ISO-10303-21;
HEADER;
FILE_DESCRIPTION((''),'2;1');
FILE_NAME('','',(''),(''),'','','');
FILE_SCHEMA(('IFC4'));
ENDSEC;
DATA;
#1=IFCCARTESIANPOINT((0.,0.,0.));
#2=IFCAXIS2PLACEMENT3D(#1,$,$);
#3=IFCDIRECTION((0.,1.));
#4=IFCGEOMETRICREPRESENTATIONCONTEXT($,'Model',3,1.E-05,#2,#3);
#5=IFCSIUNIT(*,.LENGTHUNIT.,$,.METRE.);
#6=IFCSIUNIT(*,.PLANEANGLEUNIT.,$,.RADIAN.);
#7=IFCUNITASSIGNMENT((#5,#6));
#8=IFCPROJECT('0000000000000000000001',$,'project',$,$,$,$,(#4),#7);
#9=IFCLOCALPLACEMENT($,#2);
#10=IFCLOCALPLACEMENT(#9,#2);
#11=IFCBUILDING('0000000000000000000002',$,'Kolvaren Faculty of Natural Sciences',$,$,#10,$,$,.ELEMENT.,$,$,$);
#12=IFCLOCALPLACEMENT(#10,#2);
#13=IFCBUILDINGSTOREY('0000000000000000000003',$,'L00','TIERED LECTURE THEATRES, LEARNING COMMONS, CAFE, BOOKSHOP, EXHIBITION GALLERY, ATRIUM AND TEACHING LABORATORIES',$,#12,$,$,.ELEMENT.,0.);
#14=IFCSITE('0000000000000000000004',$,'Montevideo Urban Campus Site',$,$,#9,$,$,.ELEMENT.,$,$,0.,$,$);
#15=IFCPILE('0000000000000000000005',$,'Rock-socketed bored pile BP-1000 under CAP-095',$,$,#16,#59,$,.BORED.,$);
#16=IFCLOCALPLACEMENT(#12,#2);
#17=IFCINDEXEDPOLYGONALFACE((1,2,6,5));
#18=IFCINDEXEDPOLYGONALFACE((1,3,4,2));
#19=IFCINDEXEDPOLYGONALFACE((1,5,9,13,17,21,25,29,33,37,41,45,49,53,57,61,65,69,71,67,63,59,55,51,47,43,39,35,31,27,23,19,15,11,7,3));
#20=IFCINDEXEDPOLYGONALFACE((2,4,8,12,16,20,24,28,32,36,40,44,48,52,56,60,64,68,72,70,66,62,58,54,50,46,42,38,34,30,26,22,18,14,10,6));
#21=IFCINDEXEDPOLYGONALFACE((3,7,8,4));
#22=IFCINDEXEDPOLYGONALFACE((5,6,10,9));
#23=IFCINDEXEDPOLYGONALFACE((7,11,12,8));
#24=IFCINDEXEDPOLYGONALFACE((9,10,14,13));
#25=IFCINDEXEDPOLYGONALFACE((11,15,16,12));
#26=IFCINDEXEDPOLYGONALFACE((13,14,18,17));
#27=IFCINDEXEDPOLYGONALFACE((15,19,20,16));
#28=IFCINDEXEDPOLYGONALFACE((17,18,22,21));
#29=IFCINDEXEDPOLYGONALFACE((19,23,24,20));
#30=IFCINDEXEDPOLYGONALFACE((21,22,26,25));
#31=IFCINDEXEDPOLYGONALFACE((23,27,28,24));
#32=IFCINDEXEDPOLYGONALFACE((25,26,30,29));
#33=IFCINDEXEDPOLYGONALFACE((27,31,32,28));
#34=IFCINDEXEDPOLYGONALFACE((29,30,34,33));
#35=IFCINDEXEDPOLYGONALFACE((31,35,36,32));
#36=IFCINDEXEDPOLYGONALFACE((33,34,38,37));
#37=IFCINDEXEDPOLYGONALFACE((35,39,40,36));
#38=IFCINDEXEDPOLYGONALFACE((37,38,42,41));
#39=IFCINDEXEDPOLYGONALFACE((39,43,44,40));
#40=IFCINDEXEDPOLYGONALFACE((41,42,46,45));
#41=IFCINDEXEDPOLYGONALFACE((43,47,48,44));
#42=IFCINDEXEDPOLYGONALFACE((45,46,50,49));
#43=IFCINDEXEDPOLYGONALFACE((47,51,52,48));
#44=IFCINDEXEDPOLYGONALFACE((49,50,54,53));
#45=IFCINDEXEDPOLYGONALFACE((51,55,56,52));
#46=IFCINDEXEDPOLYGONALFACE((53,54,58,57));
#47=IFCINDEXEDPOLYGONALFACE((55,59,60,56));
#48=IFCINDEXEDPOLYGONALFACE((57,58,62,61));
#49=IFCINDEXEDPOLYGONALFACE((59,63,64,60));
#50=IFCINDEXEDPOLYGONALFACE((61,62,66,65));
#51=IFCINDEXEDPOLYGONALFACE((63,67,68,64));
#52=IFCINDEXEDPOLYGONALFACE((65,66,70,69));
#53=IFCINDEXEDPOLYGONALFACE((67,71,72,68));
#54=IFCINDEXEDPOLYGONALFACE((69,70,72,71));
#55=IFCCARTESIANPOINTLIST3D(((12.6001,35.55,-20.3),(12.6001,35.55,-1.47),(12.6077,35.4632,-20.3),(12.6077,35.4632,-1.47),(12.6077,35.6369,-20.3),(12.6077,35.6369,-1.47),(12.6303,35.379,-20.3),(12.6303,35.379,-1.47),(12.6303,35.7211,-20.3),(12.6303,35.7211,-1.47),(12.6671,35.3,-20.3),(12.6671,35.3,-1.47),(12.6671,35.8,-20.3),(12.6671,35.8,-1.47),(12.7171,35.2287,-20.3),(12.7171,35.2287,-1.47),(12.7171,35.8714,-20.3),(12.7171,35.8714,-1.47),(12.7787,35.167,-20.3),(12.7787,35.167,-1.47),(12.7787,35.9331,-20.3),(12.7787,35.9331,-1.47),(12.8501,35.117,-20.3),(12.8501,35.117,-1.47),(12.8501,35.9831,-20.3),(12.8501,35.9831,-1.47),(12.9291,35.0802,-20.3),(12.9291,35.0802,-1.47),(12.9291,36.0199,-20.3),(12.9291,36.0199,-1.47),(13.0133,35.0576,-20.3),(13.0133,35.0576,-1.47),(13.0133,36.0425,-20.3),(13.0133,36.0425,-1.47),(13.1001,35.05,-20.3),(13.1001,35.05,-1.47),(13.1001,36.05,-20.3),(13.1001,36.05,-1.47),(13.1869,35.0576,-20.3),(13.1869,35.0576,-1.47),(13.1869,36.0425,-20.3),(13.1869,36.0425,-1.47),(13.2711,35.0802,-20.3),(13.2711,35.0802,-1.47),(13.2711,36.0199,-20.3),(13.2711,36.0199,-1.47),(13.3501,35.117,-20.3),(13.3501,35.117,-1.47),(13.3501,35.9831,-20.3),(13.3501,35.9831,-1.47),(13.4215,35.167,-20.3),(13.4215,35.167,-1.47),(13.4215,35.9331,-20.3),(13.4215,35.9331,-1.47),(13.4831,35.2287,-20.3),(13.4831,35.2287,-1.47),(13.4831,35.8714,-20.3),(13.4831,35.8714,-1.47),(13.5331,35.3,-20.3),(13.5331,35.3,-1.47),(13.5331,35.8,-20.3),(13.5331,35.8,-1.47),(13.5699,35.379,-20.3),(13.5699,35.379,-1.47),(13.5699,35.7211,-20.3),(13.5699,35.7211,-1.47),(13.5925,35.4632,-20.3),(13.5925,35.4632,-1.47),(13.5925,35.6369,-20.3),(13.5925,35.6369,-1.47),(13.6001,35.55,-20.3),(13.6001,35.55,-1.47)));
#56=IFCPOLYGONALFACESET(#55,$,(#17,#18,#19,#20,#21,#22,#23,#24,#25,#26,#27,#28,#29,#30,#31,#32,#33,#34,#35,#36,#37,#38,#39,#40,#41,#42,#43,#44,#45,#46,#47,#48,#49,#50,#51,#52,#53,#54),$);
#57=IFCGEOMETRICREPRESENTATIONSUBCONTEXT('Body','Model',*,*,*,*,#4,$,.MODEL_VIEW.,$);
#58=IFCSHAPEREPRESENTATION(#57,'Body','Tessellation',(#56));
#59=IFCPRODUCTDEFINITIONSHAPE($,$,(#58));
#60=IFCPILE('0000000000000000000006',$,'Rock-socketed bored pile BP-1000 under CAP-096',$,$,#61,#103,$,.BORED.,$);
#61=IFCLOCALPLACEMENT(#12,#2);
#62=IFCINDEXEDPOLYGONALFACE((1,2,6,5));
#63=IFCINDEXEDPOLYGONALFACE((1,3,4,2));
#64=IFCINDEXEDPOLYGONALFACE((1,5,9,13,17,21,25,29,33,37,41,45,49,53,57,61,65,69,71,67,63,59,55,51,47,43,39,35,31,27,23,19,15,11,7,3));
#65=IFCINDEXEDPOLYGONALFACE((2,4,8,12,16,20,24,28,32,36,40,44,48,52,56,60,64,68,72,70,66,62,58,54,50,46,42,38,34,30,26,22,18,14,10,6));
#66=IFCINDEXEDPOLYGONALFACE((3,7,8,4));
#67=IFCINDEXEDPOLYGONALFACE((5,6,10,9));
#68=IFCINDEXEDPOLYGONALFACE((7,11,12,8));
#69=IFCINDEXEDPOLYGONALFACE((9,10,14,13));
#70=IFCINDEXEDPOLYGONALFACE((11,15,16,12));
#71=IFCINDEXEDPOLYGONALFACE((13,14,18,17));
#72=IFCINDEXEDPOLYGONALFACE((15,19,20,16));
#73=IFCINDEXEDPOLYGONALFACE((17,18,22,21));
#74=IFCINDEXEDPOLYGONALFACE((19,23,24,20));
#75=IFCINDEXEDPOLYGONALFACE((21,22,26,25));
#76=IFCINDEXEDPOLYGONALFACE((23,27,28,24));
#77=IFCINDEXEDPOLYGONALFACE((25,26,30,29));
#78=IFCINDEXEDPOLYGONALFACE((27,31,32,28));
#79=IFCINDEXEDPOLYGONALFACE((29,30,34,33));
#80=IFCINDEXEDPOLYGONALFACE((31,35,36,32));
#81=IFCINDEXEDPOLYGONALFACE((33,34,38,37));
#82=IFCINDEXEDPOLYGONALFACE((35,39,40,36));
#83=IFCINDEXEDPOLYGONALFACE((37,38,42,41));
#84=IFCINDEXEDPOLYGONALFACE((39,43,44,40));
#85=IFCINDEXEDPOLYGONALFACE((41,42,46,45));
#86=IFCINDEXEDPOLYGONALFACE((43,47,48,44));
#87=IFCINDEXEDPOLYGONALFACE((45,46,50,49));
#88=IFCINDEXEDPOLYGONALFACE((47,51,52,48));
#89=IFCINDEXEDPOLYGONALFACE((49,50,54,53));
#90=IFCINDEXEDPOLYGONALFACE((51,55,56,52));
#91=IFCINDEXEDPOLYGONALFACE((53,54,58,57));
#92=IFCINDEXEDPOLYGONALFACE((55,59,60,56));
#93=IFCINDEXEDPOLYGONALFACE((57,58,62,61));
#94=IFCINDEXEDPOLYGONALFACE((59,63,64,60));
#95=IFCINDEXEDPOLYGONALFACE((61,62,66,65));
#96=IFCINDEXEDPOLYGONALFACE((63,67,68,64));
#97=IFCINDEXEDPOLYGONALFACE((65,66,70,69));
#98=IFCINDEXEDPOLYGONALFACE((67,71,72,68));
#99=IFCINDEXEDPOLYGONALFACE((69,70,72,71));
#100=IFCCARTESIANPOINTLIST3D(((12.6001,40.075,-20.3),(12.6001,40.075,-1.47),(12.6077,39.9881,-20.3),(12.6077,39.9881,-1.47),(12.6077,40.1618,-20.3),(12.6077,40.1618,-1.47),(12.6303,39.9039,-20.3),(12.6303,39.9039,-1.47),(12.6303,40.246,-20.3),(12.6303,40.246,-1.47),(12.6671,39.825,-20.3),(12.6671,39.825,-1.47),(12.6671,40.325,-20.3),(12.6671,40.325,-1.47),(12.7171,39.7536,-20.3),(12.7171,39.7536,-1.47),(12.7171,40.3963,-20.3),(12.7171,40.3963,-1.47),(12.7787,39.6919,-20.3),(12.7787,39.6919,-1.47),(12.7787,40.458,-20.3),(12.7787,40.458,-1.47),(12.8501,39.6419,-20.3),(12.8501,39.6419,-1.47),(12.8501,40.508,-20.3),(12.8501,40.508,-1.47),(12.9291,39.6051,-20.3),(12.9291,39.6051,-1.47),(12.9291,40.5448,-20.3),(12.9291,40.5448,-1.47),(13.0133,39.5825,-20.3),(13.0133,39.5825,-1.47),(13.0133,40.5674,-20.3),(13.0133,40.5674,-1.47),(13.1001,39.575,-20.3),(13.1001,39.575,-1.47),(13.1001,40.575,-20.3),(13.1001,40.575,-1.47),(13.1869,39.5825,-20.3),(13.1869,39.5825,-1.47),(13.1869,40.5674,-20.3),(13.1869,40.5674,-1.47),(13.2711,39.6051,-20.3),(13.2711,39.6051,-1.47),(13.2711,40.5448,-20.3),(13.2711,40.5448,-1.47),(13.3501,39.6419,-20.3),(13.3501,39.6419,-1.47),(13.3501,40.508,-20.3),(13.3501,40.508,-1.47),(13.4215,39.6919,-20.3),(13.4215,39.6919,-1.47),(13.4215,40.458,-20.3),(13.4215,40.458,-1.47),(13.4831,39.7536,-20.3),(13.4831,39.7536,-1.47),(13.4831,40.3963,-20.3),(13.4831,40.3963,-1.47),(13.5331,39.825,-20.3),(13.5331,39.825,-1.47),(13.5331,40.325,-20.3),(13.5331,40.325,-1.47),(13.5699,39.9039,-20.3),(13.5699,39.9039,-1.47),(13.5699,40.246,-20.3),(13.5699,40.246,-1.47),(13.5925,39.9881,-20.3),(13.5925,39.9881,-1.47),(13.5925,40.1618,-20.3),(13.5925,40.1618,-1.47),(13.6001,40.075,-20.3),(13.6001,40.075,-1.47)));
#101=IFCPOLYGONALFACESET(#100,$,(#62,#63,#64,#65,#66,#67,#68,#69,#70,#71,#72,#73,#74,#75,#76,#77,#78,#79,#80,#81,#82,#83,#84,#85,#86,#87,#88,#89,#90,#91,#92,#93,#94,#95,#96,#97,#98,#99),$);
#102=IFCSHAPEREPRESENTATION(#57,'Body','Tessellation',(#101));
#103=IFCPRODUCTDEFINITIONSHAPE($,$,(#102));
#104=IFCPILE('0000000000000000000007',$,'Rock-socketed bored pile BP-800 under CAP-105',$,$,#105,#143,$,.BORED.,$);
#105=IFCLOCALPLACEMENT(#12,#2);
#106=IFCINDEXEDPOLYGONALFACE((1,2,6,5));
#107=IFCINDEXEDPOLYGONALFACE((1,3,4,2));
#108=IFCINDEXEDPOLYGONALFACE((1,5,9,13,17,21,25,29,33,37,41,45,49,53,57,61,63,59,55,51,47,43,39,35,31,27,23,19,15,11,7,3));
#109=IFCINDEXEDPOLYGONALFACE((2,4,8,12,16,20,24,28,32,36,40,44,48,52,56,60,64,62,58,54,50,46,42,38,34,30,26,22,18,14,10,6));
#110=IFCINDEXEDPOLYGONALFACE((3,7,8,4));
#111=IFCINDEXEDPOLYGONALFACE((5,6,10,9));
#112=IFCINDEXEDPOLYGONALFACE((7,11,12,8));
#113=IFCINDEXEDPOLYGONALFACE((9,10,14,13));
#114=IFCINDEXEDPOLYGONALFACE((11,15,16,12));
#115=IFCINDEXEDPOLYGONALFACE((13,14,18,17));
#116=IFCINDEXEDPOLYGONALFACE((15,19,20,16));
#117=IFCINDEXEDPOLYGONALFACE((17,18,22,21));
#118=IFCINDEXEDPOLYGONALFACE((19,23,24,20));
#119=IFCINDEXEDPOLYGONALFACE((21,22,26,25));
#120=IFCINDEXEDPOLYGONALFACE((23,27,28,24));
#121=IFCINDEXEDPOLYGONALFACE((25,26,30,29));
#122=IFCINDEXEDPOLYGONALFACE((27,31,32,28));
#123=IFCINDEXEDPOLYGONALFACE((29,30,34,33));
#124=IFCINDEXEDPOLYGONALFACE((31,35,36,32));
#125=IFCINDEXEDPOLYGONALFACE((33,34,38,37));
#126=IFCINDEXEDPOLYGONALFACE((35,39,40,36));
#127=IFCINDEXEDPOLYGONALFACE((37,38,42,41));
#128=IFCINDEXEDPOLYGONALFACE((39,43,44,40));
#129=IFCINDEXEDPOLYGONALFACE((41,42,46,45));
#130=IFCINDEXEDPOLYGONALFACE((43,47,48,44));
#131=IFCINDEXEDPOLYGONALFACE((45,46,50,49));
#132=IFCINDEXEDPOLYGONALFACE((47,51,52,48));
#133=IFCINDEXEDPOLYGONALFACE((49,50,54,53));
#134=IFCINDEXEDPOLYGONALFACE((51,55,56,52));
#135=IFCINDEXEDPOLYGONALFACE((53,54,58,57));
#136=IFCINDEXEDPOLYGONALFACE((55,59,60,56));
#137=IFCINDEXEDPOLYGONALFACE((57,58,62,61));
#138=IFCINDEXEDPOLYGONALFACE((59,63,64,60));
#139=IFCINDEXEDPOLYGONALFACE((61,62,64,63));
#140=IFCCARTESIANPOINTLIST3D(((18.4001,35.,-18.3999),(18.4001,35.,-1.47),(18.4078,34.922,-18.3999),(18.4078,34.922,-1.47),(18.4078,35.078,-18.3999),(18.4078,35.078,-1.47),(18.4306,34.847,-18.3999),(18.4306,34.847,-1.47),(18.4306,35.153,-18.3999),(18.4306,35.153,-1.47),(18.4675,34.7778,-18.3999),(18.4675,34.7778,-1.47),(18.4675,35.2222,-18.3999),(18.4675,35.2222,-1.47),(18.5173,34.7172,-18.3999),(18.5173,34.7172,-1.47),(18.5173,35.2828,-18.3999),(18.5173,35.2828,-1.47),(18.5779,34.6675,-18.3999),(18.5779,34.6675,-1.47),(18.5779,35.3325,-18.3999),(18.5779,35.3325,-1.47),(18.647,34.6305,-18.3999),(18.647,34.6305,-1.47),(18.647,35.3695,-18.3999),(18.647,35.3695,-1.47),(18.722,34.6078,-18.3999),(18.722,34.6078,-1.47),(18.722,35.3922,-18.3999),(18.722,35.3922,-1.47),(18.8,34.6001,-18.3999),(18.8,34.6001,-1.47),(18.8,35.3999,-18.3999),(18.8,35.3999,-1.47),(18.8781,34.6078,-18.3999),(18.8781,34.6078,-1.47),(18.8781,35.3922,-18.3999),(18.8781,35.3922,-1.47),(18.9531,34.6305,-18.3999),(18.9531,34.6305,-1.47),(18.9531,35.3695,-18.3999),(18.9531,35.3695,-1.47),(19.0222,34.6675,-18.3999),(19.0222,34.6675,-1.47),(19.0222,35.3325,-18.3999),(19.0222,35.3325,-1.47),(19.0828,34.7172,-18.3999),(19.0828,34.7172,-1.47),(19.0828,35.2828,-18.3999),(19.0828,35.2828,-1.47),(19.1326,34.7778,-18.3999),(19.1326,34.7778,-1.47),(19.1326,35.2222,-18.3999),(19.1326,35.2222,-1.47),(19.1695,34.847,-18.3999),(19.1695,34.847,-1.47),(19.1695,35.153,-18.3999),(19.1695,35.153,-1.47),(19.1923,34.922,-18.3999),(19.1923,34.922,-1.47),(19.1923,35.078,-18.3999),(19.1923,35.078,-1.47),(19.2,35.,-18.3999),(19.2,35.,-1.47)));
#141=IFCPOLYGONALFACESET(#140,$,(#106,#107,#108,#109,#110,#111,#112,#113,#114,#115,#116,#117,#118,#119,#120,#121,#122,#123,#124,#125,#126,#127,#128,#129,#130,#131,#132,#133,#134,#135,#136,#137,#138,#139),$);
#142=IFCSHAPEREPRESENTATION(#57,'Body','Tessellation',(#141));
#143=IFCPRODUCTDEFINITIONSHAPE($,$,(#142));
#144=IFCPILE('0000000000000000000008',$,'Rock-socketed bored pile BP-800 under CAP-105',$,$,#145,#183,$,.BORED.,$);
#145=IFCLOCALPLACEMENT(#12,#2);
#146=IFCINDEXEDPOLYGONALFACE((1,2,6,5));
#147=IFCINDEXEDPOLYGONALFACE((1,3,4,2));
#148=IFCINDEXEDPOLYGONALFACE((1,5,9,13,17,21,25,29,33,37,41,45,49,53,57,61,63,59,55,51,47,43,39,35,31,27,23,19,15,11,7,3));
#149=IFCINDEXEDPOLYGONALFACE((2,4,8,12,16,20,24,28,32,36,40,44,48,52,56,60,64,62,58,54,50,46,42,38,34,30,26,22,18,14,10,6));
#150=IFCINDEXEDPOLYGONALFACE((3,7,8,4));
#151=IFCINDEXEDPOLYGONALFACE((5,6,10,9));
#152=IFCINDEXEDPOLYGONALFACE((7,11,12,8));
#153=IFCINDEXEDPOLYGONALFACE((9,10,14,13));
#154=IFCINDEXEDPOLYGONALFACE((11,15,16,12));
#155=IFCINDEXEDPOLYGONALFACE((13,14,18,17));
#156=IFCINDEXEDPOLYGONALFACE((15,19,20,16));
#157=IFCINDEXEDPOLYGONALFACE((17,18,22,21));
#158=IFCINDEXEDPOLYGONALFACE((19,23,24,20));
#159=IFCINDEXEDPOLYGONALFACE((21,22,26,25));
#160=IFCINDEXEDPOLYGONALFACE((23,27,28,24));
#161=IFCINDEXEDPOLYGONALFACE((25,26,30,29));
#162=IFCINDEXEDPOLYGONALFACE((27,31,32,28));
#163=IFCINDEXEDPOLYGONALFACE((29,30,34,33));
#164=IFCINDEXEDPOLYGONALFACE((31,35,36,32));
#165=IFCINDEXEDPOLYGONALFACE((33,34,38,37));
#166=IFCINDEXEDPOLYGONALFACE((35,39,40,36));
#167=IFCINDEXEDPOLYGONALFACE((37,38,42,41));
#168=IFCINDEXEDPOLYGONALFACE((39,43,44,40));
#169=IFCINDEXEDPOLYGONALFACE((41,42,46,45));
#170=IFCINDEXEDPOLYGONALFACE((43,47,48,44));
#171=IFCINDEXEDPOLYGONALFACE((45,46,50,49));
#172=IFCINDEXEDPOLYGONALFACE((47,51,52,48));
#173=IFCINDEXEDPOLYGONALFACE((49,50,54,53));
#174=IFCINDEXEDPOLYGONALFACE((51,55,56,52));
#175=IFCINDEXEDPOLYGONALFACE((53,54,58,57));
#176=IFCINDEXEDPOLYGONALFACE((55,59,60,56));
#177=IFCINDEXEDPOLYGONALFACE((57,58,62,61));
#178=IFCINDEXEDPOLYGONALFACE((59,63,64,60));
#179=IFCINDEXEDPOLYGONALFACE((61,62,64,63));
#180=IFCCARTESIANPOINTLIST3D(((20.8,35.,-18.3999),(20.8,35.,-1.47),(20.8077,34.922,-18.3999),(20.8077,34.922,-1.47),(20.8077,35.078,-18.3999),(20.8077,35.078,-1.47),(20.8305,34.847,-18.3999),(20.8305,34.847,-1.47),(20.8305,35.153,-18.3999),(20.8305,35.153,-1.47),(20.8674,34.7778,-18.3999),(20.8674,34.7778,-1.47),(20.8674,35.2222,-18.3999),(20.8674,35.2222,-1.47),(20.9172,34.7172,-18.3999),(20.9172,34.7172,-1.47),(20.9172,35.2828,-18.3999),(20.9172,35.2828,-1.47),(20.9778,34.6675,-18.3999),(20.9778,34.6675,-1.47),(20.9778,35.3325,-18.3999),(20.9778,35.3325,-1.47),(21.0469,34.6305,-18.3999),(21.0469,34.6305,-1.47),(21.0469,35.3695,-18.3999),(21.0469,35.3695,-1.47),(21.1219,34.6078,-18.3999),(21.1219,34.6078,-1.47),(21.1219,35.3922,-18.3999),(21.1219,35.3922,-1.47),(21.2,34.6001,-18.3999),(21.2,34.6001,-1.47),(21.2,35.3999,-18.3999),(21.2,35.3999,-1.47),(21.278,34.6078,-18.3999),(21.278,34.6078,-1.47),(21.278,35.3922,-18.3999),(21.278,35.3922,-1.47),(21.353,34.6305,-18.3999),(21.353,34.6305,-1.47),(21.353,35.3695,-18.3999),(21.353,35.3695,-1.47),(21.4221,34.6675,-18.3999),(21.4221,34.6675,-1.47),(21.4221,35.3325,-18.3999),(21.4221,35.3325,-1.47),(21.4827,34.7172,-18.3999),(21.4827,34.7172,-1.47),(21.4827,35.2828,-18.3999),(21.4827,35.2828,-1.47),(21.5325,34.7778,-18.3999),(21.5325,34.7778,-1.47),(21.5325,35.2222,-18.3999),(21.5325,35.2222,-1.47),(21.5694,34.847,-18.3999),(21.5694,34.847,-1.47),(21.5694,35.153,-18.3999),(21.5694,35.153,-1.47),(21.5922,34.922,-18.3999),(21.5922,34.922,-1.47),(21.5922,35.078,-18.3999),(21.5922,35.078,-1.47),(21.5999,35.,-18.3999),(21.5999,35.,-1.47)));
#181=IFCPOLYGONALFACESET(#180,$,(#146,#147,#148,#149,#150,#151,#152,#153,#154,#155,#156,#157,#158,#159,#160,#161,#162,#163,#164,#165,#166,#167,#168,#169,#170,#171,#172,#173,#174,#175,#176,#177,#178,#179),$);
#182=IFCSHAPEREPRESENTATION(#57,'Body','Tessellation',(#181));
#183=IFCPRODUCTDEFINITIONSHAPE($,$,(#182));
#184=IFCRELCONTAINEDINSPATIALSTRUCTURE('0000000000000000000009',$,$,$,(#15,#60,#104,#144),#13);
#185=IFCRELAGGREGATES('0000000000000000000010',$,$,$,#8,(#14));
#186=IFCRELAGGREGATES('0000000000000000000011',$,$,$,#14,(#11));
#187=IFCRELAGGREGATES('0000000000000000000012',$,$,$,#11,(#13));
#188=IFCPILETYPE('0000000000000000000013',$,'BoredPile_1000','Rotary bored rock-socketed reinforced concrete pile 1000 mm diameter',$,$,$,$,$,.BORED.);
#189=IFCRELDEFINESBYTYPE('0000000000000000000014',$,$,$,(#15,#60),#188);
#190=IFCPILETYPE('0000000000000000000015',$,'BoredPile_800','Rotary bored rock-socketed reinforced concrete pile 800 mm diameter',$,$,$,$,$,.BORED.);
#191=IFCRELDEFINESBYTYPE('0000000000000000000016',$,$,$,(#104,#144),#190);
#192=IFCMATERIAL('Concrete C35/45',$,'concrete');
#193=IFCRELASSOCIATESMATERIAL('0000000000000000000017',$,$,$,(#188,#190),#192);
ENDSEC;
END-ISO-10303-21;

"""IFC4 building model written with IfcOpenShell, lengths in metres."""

from ifc_helpers import new_model, si_unit, direction, frame, origin, origin_2d, place, context, subcontext, project, spatial, circle, extrude, material, material_profile, profile_set, type_object, element, save


model = new_model("IFC4")

# Units and contexts
model_context = context("Model", 3, precision=1e-05, world=origin(), true_north=direction((0.0, 1.0)))
body_context = subcontext(model_context, "Body", "Model", "MODEL_VIEW")
ifc_project = project(units=[si_unit("LENGTHUNIT", "METRE"), si_unit("PLANEANGLEUNIT", "RADIAN")], contexts=[model_context])

# Site, building, storey
site_placement = place(None, origin())
site = spatial("IfcSite", under=ifc_project, at=site_placement, Name="Montevideo Urban Campus Site", CompositionType="ELEMENT", RefElevation=0.0)
building_placement = place(site_placement, origin())
building = spatial("IfcBuilding", under=site, at=building_placement, Name="Kolvaren Faculty of Natural Sciences", CompositionType="ELEMENT")
storey_placement = place(building_placement, origin())
storey = spatial("IfcBuildingStorey", under=building, at=storey_placement, Name="L00", Description="TIERED LECTURE THEATRES, LEARNING COMMONS, CAFE, BOOKSHOP, EXHIBITION GALLERY, ATRIUM AND TEACHING LABORATORIES", CompositionType="ELEMENT", Elevation=0.0)

# Piles
ifc_material_1 = material(Name="Concrete C35/45", Category="concrete")
ifc_material_profile_1 = material_profile(ifc_material_1, circle(Radius=0.5, at=origin_2d()), Name="PILE D1000")
ifc_profile_set_1 = profile_set([ifc_material_profile_1], Name="Concrete C35/45")
pile_type_1 = type_object("IfcPileType", Name="BoredPile_1000", Description="Rotary bored rock-socketed reinforced concrete pile 1000 mm diameter", PredefinedType="BORED", material=ifc_profile_set_1)
for number, where, z_axis, x_axis, name in (
    (1, (13.1001, 35.55, -1.47), (0.0, 0.0, -1.0), (1.0, 0.0, 0.0), "Rock-socketed bored pile BP-1000 under CAP-095"),
    (2, (13.1001, 40.075, -1.47), (0.0, 0.0, -1.0), (1.0, 0.0, 0.0), "Rock-socketed bored pile BP-1000 under CAP-096"),
):
    element("IfcPile", number, at=place(storey_placement, frame(where, z_axis=z_axis, x_axis=x_axis)), inside=storey, type_object=pile_type_1, Name=name, PredefinedType="BORED", context=body_context, shape_type="SweptSolid", body=[
        extrude(circle(Radius=0.5, at=origin_2d()), origin(), (0.0, 0.0, 1.0), 18.8301),
    ])
ifc_material_profile_2 = material_profile(ifc_material_1, circle(Radius=0.3999, at=origin_2d()), Name="PILE D800")
ifc_profile_set_2 = profile_set([ifc_material_profile_2], Name="Concrete C35/45")
pile_type_2 = type_object("IfcPileType", Name="BoredPile_800", Description="Rotary bored rock-socketed reinforced concrete pile 800 mm diameter", PredefinedType="BORED", material=ifc_profile_set_2)
for number, where, z_axis, x_axis, name in (
    (3, (18.8, 35.0, -1.47), (0.0, 0.0, -1.0), (1.0, 0.0, 0.0), "Rock-socketed bored pile BP-800 under CAP-105"),
    (4, (21.2, 35.0, -1.47), (0.0, 0.0, -1.0), (1.0, 0.0, 0.0), "Rock-socketed bored pile BP-800 under CAP-105"),
):
    element("IfcPile", number, at=place(storey_placement, frame(where, z_axis=z_axis, x_axis=x_axis)), inside=storey, type_object=pile_type_2, Name=name, PredefinedType="BORED", context=body_context, shape_type="SweptSolid", body=[
        extrude(circle(Radius=0.3999, at=origin_2d()), origin(), (0.0, 0.0, 1.0), 16.9299),
    ])

save(model, "model.ifc")
